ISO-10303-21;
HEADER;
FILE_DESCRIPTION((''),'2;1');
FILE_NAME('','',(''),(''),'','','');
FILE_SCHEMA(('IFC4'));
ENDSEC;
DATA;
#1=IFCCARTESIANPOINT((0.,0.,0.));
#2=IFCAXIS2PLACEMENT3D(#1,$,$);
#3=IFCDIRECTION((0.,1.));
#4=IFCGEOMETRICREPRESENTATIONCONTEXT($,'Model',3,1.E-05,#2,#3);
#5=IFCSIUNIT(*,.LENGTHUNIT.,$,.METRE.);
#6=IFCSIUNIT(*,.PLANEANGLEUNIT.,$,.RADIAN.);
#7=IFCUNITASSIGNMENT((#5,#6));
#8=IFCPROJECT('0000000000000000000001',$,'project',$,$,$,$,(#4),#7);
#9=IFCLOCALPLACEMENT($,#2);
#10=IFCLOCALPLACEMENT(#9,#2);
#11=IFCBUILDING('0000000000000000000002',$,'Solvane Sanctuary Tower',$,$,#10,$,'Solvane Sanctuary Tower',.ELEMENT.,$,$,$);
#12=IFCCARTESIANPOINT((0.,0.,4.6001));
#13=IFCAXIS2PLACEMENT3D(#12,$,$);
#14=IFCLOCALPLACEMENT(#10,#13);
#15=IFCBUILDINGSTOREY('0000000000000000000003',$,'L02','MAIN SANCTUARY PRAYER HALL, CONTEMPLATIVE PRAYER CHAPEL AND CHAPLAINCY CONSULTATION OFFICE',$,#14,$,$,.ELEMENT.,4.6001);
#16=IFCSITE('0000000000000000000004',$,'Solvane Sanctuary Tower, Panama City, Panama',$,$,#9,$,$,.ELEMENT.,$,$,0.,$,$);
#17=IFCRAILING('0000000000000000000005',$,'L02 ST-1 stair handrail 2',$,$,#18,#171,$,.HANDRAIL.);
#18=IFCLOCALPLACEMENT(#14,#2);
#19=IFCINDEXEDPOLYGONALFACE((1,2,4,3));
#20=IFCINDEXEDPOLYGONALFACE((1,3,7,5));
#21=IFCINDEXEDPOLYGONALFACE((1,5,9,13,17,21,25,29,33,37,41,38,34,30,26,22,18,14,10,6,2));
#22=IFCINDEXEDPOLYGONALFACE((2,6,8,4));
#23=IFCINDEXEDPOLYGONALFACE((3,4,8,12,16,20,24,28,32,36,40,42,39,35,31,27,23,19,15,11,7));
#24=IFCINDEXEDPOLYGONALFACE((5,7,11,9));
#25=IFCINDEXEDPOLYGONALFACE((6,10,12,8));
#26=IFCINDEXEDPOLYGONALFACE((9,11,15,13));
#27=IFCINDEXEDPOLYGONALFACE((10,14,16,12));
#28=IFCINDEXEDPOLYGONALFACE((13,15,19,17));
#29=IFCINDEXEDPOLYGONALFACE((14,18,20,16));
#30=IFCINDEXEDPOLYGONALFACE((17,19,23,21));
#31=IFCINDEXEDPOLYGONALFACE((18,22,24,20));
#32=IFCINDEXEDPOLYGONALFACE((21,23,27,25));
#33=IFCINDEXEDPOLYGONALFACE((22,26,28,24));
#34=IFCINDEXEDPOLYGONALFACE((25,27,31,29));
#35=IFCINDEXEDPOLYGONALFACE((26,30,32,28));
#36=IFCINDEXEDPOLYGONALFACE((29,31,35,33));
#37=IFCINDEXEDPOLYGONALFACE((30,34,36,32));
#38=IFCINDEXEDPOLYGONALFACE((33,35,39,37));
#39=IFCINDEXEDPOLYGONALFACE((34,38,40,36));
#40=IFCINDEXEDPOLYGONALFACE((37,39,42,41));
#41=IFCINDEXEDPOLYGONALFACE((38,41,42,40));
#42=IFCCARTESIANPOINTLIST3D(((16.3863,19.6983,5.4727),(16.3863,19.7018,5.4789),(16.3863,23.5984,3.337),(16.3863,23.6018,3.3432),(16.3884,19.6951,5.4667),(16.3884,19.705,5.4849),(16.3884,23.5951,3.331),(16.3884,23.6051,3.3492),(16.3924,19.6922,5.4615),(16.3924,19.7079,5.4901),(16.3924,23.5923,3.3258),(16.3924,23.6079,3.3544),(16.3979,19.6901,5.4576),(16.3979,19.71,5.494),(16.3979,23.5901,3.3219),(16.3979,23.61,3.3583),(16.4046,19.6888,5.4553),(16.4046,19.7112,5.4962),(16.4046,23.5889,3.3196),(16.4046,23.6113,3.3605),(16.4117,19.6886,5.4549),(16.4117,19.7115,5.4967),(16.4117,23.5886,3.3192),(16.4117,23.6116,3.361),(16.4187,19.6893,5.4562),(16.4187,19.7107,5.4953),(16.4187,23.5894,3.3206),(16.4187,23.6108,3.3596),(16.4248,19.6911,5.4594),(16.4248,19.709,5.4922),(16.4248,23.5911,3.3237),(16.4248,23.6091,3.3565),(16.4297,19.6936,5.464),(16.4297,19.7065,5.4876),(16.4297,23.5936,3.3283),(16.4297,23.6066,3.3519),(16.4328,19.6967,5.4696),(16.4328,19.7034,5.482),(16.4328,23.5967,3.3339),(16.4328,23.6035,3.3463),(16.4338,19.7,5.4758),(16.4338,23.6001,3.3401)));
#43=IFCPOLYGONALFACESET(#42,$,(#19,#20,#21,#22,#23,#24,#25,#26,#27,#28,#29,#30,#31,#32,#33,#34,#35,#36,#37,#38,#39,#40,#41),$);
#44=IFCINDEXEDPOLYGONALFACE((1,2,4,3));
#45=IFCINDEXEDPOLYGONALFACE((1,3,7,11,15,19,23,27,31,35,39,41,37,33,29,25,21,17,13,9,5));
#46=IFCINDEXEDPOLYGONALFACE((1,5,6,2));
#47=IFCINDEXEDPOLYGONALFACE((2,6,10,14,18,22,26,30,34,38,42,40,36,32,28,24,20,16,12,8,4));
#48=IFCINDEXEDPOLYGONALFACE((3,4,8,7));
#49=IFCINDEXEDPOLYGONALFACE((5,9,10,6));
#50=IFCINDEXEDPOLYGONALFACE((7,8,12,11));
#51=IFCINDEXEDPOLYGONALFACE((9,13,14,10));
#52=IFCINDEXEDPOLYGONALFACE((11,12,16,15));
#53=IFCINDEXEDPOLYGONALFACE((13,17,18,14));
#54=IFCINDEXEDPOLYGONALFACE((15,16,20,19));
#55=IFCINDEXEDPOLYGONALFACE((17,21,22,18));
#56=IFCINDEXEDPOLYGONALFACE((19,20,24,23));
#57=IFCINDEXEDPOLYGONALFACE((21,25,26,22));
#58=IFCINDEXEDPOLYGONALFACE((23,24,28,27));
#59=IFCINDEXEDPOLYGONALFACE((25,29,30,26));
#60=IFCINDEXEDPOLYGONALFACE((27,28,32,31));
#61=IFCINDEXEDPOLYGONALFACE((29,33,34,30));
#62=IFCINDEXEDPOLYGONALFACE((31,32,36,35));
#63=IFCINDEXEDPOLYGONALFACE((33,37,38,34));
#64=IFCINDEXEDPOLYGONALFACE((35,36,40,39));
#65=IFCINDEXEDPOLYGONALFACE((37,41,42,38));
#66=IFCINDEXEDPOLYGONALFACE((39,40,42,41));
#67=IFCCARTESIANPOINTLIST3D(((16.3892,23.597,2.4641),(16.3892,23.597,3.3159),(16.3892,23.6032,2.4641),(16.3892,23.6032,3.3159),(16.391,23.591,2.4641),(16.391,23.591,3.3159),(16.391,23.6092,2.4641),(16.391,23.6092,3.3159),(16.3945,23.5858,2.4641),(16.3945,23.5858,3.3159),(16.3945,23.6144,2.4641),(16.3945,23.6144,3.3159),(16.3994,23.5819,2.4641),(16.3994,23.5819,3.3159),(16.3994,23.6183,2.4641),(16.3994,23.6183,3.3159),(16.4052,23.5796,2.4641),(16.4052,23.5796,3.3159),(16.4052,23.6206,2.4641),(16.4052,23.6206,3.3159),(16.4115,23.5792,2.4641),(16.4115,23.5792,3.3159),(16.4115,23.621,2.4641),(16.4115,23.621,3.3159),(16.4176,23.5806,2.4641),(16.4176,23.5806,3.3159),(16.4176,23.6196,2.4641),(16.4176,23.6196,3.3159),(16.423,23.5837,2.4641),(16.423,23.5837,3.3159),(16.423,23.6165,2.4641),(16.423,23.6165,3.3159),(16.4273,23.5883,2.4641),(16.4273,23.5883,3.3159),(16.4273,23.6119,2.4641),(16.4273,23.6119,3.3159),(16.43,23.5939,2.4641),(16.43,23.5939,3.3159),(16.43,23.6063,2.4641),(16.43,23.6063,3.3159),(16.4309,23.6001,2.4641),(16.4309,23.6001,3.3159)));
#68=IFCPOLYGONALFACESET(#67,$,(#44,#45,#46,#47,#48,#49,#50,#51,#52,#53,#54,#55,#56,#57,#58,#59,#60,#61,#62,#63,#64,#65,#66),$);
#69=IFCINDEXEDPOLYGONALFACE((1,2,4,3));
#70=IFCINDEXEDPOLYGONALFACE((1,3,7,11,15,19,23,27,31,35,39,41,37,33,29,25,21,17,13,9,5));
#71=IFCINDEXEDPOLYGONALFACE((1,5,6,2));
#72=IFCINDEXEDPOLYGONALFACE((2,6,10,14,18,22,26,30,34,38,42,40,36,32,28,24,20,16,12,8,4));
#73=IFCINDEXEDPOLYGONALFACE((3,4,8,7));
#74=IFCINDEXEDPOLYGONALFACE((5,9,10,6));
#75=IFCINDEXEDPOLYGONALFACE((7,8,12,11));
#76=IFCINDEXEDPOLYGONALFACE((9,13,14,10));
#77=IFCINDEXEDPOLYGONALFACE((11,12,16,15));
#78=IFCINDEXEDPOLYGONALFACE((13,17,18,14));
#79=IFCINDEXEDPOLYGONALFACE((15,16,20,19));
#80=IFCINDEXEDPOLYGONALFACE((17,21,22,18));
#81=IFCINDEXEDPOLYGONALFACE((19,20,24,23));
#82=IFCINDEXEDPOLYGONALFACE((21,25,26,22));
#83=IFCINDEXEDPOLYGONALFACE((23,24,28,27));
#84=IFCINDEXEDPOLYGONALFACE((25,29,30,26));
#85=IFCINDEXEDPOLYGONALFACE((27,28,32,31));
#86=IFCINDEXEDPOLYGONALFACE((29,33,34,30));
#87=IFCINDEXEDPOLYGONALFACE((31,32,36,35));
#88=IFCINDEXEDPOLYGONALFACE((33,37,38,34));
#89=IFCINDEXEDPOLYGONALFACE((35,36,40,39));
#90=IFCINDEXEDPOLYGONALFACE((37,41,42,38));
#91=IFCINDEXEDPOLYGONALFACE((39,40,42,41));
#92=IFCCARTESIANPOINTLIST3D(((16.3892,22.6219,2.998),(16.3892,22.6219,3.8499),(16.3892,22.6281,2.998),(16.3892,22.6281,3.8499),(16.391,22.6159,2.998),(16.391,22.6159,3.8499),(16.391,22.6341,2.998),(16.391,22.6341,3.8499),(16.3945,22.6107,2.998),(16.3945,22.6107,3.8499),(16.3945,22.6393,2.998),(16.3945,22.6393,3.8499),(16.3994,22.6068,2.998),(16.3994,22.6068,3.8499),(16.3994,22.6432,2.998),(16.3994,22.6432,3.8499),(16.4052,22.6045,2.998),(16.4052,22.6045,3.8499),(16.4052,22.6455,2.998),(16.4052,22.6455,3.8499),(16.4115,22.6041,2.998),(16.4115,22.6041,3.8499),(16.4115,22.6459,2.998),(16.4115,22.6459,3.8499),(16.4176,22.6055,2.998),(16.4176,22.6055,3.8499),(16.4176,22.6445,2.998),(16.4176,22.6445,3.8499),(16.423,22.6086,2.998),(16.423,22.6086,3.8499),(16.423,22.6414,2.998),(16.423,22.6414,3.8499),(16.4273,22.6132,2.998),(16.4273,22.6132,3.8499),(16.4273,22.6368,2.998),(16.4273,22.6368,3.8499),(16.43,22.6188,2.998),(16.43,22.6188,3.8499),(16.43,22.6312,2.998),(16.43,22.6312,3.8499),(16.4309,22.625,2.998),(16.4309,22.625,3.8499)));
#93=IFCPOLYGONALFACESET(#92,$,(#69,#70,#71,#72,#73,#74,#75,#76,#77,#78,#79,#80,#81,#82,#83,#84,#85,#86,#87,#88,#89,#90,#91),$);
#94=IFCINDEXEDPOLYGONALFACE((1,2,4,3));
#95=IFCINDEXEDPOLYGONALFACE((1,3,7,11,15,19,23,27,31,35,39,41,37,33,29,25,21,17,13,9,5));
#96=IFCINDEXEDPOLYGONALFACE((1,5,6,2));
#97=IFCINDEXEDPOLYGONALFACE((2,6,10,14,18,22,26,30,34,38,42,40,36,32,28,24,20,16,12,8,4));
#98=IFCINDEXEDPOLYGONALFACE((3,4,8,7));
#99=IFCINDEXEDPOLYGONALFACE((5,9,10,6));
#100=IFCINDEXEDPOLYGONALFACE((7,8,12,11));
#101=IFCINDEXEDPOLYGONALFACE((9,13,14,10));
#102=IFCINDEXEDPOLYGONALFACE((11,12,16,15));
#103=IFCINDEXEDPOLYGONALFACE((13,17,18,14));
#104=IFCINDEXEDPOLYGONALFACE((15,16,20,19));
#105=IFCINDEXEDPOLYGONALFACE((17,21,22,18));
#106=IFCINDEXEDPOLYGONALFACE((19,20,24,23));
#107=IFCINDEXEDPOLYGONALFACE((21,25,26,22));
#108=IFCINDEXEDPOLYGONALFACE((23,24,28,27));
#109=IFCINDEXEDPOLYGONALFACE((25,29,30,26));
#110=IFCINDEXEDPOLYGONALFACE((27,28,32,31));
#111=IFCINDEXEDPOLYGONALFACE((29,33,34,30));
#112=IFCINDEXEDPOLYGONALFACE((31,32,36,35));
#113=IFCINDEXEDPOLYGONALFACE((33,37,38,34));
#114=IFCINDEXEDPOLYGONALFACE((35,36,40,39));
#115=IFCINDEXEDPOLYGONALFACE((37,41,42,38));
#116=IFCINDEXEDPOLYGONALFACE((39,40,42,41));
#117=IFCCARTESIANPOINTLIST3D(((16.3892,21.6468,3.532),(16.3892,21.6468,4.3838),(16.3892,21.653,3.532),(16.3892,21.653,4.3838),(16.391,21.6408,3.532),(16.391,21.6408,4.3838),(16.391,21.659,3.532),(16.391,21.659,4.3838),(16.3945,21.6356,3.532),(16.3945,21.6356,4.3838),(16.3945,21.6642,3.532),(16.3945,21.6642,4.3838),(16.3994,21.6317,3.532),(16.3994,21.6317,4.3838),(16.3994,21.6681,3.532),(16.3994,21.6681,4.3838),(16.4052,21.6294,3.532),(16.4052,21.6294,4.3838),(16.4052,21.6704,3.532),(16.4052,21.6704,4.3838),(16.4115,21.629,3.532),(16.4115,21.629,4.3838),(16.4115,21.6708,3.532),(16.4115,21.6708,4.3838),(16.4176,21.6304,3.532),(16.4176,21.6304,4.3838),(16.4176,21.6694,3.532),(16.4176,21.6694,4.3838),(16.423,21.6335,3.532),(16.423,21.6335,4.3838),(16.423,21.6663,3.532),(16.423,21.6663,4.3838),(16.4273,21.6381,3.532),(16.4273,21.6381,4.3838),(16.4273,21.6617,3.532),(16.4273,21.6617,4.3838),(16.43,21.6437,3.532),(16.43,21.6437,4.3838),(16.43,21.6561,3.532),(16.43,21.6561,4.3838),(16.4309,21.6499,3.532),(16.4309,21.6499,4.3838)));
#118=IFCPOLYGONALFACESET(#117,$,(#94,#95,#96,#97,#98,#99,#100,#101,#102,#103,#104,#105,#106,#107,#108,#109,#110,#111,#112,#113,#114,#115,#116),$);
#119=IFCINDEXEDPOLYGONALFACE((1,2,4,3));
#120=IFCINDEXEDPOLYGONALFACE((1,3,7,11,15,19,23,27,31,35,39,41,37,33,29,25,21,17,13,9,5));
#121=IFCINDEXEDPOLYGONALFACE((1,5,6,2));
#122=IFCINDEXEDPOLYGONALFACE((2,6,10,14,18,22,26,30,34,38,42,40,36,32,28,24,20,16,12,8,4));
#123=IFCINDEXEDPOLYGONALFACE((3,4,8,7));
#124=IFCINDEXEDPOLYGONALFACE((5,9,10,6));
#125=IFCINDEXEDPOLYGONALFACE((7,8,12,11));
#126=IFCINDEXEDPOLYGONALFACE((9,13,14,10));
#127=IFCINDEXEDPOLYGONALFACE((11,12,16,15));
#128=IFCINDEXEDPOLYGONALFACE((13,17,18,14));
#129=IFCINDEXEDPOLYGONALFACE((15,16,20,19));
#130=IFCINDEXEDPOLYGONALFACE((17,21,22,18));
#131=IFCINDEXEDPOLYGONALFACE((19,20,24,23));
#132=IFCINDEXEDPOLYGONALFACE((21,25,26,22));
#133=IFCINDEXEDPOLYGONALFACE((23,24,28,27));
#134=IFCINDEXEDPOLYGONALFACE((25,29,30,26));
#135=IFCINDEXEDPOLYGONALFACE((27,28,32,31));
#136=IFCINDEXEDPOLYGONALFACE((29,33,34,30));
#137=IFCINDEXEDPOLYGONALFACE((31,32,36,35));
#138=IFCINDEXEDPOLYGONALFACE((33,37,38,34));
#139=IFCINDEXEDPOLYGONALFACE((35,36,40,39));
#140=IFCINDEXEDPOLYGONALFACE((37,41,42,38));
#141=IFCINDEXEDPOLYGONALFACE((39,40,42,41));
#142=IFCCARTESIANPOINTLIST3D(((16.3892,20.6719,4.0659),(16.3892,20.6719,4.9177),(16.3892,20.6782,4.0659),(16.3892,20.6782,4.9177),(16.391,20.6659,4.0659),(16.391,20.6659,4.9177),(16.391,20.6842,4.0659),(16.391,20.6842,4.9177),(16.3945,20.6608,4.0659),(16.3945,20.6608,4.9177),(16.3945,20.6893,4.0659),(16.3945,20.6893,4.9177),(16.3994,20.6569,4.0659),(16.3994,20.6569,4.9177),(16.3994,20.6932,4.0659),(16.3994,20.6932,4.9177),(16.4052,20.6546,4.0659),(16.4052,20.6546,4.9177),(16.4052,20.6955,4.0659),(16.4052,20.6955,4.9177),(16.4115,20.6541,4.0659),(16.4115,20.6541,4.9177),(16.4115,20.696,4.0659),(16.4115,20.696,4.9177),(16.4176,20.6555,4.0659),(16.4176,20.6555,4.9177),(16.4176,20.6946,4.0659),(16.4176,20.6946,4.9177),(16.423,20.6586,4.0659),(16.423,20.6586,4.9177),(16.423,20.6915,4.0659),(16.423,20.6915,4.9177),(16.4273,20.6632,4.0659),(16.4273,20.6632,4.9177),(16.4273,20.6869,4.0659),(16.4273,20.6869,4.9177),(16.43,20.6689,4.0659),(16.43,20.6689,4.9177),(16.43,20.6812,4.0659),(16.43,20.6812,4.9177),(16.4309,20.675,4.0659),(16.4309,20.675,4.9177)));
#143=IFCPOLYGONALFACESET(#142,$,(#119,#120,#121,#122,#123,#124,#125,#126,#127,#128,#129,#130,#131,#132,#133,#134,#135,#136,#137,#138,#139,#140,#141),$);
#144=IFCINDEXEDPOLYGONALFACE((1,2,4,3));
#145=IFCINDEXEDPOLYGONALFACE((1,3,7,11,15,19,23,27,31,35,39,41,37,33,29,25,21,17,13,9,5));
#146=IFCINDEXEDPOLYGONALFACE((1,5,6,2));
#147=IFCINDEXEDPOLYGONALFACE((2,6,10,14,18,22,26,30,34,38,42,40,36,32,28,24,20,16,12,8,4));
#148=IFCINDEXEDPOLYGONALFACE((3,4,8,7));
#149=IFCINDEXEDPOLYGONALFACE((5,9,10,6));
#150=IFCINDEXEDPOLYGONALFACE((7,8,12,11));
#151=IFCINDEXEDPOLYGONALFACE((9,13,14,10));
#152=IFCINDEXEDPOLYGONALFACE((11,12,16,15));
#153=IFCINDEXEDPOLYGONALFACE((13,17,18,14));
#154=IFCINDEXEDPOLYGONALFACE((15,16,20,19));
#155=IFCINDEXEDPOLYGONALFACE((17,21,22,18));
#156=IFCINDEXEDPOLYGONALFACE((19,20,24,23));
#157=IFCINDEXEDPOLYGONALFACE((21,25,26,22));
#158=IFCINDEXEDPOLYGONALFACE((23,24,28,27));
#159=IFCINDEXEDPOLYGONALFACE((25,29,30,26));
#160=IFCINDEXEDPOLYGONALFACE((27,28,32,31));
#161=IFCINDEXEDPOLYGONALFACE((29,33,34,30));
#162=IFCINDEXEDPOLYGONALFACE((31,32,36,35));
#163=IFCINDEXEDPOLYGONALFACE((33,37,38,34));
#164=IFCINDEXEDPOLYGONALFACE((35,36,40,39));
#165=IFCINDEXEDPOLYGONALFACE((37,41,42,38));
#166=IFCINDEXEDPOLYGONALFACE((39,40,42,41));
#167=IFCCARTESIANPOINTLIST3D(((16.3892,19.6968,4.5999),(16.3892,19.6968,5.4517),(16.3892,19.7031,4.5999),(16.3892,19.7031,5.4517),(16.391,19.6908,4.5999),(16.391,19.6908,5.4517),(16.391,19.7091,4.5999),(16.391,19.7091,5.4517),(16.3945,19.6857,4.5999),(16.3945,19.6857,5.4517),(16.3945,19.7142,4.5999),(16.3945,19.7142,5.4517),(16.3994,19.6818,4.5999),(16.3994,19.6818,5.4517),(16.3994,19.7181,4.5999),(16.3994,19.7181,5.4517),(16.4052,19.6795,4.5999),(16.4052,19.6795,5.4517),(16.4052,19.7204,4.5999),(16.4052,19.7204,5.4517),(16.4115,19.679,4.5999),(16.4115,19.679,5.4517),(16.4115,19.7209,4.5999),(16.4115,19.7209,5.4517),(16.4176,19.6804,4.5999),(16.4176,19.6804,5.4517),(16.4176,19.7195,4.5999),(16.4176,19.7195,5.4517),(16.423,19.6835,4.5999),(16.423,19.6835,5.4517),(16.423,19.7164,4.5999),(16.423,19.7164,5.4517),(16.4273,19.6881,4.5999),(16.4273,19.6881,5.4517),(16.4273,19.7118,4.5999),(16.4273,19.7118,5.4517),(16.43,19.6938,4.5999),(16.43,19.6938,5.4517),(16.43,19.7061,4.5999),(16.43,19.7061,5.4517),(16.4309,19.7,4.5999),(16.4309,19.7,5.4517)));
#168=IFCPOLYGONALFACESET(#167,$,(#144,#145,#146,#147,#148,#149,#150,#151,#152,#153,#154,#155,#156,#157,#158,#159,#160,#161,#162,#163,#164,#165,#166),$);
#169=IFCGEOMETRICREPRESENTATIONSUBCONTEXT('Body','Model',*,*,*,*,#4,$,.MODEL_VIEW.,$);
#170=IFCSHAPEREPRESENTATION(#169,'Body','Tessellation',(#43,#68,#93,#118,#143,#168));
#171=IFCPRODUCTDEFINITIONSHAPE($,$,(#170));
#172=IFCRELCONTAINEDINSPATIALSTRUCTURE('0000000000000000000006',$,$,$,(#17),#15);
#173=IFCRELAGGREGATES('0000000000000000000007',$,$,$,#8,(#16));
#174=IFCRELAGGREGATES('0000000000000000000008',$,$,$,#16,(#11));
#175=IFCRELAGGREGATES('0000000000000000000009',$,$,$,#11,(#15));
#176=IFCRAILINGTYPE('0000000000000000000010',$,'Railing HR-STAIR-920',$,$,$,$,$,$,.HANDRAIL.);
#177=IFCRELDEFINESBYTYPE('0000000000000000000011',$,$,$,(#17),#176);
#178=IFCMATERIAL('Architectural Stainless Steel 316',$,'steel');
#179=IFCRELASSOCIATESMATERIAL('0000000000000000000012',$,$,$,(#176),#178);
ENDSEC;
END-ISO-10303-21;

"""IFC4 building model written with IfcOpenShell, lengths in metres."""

from ifc_helpers import new_model, si_unit, direction, frame, origin, origin_2d, place, context, subcontext, project, spatial, circle, extrude, material, type_object, element, save


model = new_model("IFC4")

# Units and contexts
model_context = context("Model", 3, precision=1e-05, world=origin(), true_north=direction((0.0, 1.0)))
body_context = subcontext(model_context, "Body", "Model", "MODEL_VIEW")
ifc_project = project(units=[si_unit("LENGTHUNIT", "METRE"), si_unit("PLANEANGLEUNIT", "RADIAN")], contexts=[model_context])

# Site, building, storey
site_placement = place(None, origin())
site = spatial("IfcSite", under=ifc_project, at=site_placement, Name="Solvane Sanctuary Tower, Panama City, Panama", CompositionType="ELEMENT", RefElevation=0.0)
building_placement = place(site_placement, origin())
building = spatial("IfcBuilding", under=site, at=building_placement, Name="Solvane Sanctuary Tower", LongName="Solvane Sanctuary Tower", CompositionType="ELEMENT")
storey_placement = place(building_placement, frame((0.0, 0.0, 4.6001)))
storey = spatial("IfcBuildingStorey", under=building, at=storey_placement, Name="L02", Description="MAIN SANCTUARY PRAYER HALL, CONTEMPLATIVE PRAYER CHAPEL AND CHAPLAINCY CONSULTATION OFFICE", CompositionType="ELEMENT", Elevation=4.6001)

# Shared definitions
ifc_material_1 = material(Name="Architectural Stainless Steel 316", Category="steel")

# Railing
railing_type_1 = type_object("IfcRailingType", Name="Railing HR-STAIR-920", PredefinedType="HANDRAIL", material=ifc_material_1)
railing_1_placement = place(storey_placement, frame((16.4099, 23.6001, 2.4641)))
element("IfcRailing", 1, at=railing_1_placement, inside=storey, type_object=railing_type_1, Name="L02 ST-1 stair handrail 2", PredefinedType="HANDRAIL", context=body_context, shape_type="SweptSolid", body=[
    extrude(circle(Radius=0.0239, at=origin_2d()), frame((0.0, 0.0, 0.876), z_axis=(0.0, -0.877101, 0.480306), x_axis=(1.0, 0.0, 0.0)), (0.0, 0.0, 1.0), 4.4465),
    extrude(circle(Radius=0.021, at=origin_2d()), origin(), (0.0, 0.0, 1.0), 0.8518),
    extrude(circle(Radius=0.021, at=origin_2d()), frame((0.0, -0.9751, 0.5339)), (0.0, 0.0, 1.0), 0.8518),
    extrude(circle(Radius=0.021, at=origin_2d()), frame((0.0, -1.9502, 1.0679)), (0.0, 0.0, 1.0), 0.8518),
    extrude(circle(Radius=0.021, at=origin_2d()), frame((0.0, -2.925, 1.6018)), (0.0, 0.0, 1.0), 0.8518),
    extrude(circle(Radius=0.021, at=origin_2d()), frame((0.0, -3.9001, 2.1357)), (0.0, 0.0, 1.0), 0.8518),
])

save(model, "model.ifc")
